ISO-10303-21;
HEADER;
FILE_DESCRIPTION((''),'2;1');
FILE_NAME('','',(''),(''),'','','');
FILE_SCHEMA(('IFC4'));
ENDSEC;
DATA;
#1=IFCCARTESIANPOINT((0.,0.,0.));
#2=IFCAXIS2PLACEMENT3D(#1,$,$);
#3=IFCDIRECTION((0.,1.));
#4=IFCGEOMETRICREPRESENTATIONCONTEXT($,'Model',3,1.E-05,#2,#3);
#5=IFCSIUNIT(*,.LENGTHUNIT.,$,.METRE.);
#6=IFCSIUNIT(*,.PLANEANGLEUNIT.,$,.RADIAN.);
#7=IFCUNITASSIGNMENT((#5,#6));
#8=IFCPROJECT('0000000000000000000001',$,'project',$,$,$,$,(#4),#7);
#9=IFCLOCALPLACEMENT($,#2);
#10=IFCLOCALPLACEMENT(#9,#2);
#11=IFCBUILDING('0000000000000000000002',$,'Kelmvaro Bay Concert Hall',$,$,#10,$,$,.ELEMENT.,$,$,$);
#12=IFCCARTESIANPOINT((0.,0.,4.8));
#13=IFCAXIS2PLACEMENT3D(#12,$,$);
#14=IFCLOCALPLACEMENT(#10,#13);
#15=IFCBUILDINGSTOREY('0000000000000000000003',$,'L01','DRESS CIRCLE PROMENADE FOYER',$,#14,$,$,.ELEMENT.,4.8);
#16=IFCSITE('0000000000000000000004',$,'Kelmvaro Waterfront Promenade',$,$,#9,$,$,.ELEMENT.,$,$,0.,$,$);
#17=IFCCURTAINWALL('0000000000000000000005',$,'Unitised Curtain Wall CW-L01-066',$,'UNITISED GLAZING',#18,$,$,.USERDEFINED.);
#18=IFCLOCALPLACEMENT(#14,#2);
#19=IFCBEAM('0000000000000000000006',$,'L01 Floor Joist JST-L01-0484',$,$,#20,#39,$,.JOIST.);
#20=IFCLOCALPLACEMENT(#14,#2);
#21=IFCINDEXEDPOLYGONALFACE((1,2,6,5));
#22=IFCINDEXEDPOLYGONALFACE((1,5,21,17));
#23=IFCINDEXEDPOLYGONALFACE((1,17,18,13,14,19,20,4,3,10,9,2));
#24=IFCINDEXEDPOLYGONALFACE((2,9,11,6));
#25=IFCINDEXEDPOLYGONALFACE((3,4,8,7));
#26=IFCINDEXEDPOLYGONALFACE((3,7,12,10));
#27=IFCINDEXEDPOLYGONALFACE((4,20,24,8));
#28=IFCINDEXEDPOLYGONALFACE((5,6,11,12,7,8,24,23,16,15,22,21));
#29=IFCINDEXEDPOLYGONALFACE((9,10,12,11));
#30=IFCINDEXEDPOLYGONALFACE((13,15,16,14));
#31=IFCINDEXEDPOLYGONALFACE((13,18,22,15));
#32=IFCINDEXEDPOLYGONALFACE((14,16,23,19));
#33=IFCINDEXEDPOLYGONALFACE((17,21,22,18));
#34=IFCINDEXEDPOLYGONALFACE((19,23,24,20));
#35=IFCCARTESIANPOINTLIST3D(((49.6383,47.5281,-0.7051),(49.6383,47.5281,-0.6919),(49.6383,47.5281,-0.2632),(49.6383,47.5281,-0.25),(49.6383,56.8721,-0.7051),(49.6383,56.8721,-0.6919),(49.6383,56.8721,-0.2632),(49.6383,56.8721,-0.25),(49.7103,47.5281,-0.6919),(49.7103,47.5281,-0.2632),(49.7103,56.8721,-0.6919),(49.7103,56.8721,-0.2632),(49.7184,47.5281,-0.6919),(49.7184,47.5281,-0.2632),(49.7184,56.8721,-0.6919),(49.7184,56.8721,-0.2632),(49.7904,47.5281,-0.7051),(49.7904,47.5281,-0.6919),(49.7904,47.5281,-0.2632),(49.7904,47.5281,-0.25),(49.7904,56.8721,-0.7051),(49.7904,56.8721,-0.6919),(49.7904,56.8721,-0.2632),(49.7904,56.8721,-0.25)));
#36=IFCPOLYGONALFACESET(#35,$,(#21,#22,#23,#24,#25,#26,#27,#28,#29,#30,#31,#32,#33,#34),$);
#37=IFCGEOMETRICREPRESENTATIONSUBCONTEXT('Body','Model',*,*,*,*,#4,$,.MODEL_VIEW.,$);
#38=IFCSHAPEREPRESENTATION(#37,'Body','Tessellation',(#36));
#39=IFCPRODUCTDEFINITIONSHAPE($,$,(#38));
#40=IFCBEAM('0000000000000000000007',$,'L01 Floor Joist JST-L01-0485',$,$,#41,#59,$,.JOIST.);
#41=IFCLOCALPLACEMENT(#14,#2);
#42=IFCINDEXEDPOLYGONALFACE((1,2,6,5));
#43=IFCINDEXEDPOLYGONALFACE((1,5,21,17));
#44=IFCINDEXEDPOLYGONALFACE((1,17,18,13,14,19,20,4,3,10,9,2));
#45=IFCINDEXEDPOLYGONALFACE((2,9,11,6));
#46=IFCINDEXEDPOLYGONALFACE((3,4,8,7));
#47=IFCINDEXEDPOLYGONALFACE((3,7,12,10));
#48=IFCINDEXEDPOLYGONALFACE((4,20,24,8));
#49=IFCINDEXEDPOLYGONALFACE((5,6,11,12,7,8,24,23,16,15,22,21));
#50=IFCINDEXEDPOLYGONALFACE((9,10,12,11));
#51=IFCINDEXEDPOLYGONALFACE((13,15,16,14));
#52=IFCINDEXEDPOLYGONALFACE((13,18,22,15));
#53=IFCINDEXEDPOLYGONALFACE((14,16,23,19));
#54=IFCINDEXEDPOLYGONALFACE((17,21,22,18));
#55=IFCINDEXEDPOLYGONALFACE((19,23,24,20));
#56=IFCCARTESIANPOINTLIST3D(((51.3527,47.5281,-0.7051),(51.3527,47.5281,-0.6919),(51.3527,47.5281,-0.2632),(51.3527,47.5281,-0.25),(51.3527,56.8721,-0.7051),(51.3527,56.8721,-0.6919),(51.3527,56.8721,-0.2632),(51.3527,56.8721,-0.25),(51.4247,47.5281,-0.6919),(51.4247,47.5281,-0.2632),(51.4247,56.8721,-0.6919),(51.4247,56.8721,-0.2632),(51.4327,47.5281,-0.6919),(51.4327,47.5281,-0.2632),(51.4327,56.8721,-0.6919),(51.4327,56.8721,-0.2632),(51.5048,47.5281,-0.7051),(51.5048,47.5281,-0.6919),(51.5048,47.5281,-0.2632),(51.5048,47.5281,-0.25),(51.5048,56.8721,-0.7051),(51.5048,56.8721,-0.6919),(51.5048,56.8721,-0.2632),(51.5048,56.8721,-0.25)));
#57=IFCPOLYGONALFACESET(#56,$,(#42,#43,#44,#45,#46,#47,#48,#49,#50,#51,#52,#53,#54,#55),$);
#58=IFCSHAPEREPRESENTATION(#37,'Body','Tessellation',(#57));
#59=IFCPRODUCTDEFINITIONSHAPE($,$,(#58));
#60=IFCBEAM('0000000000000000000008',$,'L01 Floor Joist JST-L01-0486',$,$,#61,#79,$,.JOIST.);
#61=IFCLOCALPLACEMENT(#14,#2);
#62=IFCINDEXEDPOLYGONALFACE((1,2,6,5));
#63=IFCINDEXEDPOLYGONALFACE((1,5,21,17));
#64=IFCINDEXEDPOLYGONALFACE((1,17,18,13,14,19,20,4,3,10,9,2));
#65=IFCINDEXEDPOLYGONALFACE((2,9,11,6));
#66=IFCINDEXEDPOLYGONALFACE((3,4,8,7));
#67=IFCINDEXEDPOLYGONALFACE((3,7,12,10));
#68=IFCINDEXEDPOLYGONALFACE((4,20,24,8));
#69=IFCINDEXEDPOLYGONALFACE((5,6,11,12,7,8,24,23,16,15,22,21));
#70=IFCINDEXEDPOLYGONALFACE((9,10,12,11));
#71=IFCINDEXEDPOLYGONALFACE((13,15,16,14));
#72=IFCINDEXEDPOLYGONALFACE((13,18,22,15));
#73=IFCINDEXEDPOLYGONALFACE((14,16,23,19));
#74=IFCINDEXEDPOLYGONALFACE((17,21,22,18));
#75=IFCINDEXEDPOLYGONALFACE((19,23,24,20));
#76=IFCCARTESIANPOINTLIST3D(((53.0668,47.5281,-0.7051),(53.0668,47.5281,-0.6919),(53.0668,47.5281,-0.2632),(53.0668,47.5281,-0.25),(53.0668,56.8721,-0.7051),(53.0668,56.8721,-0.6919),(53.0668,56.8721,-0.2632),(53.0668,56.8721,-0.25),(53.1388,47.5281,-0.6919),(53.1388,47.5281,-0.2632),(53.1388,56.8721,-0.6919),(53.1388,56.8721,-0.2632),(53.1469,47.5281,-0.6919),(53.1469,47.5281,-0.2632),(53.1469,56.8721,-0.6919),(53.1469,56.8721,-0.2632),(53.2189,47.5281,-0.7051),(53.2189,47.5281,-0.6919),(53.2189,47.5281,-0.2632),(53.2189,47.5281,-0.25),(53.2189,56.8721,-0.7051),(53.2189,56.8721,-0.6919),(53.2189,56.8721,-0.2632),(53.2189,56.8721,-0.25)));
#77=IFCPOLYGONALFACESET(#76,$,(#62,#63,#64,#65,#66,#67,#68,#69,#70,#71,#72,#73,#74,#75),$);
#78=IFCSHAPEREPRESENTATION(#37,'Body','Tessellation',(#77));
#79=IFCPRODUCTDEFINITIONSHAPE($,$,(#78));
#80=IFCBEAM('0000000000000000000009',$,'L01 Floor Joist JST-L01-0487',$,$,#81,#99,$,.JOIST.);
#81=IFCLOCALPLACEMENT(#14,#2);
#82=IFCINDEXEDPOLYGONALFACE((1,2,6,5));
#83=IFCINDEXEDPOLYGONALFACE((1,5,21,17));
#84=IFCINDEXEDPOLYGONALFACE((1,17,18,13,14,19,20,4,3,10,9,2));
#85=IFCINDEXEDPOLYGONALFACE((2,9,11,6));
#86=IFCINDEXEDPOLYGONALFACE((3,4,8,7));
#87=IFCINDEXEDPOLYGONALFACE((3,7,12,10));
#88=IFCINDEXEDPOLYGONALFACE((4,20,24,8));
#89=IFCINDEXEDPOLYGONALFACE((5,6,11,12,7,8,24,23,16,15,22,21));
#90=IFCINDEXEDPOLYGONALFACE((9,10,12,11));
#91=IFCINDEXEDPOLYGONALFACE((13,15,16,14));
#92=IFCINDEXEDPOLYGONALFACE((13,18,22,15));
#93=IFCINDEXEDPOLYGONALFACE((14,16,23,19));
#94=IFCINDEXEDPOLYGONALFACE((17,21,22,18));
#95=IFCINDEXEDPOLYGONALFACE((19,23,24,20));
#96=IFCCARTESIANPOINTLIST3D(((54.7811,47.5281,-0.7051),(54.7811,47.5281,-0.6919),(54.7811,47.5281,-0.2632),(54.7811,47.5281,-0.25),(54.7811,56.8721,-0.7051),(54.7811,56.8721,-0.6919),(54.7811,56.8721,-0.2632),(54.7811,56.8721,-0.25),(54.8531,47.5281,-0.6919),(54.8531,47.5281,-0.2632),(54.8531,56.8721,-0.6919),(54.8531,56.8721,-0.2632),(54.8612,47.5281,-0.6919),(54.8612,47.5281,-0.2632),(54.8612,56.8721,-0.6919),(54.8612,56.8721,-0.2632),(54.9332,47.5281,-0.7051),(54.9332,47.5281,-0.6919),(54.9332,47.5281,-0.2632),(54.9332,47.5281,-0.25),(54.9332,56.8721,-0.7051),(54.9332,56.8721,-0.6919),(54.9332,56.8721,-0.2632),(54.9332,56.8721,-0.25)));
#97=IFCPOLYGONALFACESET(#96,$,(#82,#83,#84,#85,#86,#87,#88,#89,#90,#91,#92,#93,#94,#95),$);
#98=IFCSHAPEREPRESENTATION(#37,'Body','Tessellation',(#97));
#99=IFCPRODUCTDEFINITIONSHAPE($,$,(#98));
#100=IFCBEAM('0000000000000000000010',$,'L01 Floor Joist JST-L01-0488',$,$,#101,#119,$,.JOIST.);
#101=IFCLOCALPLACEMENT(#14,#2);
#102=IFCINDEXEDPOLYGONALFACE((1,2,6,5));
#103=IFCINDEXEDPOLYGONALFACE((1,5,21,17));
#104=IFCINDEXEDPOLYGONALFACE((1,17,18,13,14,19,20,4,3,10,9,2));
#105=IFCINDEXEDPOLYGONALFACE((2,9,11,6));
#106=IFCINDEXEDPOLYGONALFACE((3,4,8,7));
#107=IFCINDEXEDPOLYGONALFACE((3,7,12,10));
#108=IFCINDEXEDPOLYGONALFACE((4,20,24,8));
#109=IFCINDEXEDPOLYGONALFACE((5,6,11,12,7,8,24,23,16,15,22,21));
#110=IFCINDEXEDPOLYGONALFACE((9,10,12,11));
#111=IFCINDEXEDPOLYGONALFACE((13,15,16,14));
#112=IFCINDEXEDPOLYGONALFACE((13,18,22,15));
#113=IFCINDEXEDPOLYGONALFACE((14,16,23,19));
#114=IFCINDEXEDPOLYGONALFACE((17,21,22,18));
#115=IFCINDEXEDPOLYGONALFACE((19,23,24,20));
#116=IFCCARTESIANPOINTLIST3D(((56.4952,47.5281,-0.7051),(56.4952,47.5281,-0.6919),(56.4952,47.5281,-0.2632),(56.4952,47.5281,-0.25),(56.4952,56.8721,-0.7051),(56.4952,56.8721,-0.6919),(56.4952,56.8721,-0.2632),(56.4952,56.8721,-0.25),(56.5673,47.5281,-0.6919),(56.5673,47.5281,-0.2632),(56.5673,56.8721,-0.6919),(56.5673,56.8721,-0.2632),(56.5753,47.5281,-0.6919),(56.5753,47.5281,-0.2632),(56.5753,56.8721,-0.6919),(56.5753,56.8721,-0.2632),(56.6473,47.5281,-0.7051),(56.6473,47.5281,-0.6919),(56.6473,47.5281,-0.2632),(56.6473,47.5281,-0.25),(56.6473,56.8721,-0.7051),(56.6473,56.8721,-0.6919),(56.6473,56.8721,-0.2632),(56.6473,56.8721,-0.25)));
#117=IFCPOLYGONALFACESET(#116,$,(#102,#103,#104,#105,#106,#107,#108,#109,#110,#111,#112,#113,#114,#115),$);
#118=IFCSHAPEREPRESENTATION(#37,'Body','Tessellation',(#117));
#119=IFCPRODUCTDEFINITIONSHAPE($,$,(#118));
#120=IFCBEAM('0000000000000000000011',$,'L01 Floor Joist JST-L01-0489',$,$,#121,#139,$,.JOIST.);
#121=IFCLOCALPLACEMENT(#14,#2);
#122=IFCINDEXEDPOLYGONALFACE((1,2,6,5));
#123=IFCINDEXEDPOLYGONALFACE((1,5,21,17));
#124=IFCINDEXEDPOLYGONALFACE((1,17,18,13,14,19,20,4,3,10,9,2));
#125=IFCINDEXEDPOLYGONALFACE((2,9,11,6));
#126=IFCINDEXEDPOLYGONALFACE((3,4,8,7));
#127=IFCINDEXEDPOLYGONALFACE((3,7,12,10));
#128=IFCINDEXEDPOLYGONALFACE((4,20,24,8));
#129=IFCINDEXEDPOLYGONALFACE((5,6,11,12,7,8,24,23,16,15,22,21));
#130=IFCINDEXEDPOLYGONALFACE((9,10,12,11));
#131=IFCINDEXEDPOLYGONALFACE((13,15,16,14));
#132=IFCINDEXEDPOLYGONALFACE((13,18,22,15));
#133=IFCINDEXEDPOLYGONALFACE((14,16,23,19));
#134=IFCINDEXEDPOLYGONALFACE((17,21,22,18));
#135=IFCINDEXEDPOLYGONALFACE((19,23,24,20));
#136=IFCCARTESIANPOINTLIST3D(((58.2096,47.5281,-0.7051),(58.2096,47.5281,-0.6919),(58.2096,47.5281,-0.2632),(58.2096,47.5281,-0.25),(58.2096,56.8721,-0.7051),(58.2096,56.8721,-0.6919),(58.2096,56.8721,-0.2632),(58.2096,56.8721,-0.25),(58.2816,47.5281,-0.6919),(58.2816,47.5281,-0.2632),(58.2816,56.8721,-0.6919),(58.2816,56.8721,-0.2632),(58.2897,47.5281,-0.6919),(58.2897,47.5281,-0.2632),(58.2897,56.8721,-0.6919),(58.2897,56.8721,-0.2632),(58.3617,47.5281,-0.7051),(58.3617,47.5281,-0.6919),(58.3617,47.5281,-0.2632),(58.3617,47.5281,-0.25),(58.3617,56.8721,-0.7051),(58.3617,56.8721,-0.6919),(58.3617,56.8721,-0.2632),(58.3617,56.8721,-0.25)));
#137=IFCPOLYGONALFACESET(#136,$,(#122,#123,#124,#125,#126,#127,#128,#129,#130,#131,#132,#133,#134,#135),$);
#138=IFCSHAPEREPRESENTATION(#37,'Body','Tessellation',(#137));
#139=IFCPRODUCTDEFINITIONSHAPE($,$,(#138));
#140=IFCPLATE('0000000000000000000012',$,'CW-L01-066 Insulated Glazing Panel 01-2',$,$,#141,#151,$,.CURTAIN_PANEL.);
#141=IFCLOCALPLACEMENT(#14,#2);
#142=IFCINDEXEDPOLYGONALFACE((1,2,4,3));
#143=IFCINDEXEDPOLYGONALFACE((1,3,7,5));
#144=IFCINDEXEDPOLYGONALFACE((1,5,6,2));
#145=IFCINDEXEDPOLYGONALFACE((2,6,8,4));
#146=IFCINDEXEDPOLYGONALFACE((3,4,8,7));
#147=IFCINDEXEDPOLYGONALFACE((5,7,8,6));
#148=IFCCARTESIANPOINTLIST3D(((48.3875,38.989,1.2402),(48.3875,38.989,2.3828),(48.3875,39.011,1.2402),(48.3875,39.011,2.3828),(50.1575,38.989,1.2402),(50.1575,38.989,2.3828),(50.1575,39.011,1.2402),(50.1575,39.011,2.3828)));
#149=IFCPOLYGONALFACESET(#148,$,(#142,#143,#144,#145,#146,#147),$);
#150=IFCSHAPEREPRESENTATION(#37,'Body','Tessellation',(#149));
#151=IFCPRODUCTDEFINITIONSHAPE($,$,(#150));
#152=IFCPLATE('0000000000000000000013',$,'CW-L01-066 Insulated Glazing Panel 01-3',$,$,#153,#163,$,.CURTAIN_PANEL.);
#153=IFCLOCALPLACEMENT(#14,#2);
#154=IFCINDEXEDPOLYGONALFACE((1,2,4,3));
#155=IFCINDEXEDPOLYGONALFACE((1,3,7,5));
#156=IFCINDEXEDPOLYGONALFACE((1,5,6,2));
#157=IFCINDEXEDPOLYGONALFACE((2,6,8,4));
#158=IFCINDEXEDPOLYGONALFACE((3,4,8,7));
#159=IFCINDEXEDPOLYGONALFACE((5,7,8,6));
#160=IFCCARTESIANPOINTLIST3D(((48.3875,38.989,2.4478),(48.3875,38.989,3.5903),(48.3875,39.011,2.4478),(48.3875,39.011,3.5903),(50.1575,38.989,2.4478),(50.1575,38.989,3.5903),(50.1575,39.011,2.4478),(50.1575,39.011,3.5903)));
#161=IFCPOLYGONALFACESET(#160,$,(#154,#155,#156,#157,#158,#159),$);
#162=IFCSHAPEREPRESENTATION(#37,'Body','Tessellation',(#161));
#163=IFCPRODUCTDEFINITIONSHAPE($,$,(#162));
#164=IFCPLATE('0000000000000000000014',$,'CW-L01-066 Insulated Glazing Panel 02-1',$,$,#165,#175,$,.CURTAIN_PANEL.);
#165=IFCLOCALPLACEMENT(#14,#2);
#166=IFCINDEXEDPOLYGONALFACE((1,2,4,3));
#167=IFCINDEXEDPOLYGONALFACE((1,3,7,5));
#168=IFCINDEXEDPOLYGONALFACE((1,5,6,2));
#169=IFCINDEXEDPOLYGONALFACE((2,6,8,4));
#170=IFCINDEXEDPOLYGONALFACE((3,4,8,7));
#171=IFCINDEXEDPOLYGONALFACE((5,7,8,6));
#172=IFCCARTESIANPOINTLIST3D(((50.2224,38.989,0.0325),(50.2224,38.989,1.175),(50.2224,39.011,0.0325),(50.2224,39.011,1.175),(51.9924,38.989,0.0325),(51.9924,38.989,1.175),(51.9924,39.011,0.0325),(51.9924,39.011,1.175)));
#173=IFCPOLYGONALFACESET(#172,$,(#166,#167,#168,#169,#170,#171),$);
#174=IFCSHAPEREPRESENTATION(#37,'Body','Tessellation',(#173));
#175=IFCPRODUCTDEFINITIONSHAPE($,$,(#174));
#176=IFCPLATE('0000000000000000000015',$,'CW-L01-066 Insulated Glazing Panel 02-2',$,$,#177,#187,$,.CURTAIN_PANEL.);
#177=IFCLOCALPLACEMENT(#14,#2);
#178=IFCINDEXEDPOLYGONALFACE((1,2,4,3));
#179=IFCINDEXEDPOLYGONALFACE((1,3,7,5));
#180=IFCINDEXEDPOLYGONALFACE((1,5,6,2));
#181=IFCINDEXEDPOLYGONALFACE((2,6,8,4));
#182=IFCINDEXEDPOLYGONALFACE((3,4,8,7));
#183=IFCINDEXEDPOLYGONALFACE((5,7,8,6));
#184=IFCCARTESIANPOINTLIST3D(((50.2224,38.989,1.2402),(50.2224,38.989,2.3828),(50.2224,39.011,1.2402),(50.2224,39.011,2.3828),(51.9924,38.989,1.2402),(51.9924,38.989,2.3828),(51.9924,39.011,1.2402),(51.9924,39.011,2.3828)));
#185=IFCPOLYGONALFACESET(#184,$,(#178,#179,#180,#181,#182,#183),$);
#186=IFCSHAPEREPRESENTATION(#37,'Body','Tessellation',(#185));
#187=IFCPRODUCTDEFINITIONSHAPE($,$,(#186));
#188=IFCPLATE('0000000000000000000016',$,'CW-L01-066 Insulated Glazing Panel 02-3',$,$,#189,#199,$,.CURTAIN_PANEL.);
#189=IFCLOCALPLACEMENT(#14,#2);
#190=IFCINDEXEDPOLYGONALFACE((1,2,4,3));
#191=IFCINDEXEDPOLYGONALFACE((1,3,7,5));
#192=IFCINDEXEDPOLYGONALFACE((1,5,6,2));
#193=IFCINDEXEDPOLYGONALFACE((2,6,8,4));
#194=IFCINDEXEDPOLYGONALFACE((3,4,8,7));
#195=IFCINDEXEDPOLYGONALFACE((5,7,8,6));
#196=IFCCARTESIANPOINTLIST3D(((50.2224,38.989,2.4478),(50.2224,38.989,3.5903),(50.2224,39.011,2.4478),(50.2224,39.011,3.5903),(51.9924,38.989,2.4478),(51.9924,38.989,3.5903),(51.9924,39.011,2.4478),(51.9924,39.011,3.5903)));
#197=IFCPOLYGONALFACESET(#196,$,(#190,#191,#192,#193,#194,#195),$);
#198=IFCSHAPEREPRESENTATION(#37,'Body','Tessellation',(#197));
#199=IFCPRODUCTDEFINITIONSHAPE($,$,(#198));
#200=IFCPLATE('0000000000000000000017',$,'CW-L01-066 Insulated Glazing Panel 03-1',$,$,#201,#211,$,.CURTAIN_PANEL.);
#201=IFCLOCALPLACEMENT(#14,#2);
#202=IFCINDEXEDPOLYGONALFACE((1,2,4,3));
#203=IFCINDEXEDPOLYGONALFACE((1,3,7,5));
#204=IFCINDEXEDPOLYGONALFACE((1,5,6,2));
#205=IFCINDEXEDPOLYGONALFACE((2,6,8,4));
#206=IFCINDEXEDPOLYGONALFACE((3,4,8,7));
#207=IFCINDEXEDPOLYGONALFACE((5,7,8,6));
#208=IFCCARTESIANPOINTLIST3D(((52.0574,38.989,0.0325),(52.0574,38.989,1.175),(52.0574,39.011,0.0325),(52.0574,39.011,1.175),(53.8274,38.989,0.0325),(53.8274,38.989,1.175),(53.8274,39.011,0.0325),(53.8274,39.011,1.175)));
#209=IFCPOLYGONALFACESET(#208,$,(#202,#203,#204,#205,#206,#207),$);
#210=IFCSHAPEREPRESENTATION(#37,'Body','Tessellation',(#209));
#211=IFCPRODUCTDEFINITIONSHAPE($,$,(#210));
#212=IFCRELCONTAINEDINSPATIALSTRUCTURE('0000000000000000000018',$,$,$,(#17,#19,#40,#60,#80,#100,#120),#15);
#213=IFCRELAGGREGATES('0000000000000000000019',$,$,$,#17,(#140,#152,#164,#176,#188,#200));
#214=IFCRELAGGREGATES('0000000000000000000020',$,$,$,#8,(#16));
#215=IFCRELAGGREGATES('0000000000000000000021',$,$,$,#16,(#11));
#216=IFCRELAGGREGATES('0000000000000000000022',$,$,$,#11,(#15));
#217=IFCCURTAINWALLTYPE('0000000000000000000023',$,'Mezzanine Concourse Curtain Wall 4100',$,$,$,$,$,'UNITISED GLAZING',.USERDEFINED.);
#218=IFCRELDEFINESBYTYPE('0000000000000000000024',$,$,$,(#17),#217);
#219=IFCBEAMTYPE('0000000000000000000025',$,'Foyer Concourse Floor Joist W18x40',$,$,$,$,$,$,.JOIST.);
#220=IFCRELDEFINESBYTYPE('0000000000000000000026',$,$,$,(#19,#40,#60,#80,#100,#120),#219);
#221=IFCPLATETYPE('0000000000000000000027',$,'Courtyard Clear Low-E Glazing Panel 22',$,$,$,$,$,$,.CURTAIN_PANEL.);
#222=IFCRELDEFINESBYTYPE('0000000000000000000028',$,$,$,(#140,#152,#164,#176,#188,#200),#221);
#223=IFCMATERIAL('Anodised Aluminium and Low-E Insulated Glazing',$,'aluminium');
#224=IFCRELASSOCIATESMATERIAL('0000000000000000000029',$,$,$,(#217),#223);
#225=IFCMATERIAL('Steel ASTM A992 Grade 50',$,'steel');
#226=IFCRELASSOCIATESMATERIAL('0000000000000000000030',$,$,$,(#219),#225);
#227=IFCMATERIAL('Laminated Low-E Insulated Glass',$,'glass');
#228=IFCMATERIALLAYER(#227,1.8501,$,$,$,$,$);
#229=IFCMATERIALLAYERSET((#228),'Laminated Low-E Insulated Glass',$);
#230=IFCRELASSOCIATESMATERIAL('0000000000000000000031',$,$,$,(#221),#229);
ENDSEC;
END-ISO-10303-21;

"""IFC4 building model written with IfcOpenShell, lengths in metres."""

from ifc_helpers import new_model, si_unit, direction, frame, origin, origin_2d, place, context, subcontext, project, spatial, rectangle, i_section, extrude, material, layer, layer_set, material_profile, profile_set, type_object, element, aggregate, save


model = new_model("IFC4")

# Units and contexts
model_context = context("Model", 3, precision=1e-05, world=origin(), true_north=direction((0.0, 1.0)))
body_context = subcontext(model_context, "Body", "Model", "MODEL_VIEW")
ifc_project = project(units=[si_unit("LENGTHUNIT", "METRE"), si_unit("PLANEANGLEUNIT", "RADIAN")], contexts=[model_context])

# Site, building, storey
site_placement = place(None, origin())
site = spatial("IfcSite", under=ifc_project, at=site_placement, Name="Kelmvaro Waterfront Promenade", CompositionType="ELEMENT", RefElevation=0.0)
building_placement = place(site_placement, origin())
building = spatial("IfcBuilding", under=site, at=building_placement, Name="Kelmvaro Bay Concert Hall", CompositionType="ELEMENT")
storey_placement = place(building_placement, frame((0.0, 0.0, 4.8)))
storey = spatial("IfcBuildingStorey", under=building, at=storey_placement, Name="L01", Description="DRESS CIRCLE PROMENADE FOYER", CompositionType="ELEMENT", Elevation=4.8)

# Curtain wall
ifc_material_1 = material(Name="Anodised Aluminium and Low-E Insulated Glazing", Category="aluminium")
curtain_wall_type = type_object("IfcCurtainWallType", Name="Mezzanine Concourse Curtain Wall 4100", ElementType="UNITISED GLAZING", PredefinedType="USERDEFINED", material=ifc_material_1)
curtain_wall_1_placement = place(storey_placement, origin())
curtain_wall_1 = element("IfcCurtainWall", 1, at=curtain_wall_1_placement, inside=storey, type_object=curtain_wall_type, Name="Unitised Curtain Wall CW-L01-066", ObjectType="UNITISED GLAZING", PredefinedType="USERDEFINED")

# Beams
ifc_material_2 = material(Name="Steel ASTM A992 Grade 50", Category="steel")
ifc_material_profile_1 = material_profile(ifc_material_2, i_section(OverallWidth=0.1521, OverallDepth=0.4551, WebThickness=0.0081, FlangeThickness=0.0132, at=origin_2d()), Name="W18X40")
ifc_profile_set_1 = profile_set([ifc_material_profile_1], Name="Steel ASTM A992 Grade 50")
beam_type = type_object("IfcBeamType", Name="Foyer Concourse Floor Joist W18x40", PredefinedType="JOIST", material=ifc_profile_set_1)
for number, where, z_axis, x_axis, name in (
    (2, (49.7144, 47.5281, -0.4775), (0.0, 1.0, 0.0), (-1.0, 0.0, 0.0), "L01 Floor Joist JST-L01-0484"),
    (3, (51.4287, 47.5281, -0.4775), (0.0, 1.0, 0.0), (-1.0, 0.0, 0.0), "L01 Floor Joist JST-L01-0485"),
    (4, (53.1428, 47.5281, -0.4775), (0.0, 1.0, 0.0), (-1.0, 0.0, 0.0), "L01 Floor Joist JST-L01-0486"),
    (5, (54.8572, 47.5281, -0.4775), (0.0, 1.0, 0.0), (-1.0, 0.0, 0.0), "L01 Floor Joist JST-L01-0487"),
    (6, (56.5713, 47.5281, -0.4775), (0.0, 1.0, 0.0), (-1.0, 0.0, 0.0), "L01 Floor Joist JST-L01-0488"),
    (7, (58.2856, 47.5281, -0.4775), (0.0, 1.0, 0.0), (-1.0, 0.0, 0.0), "L01 Floor Joist JST-L01-0489"),
):
    element("IfcBeam", number, at=place(storey_placement, frame(where, z_axis=z_axis, x_axis=x_axis)), inside=storey, type_object=beam_type, Name=name, PredefinedType="JOIST", context=body_context, shape_type="SweptSolid", body=[
        extrude(i_section(OverallWidth=0.1521, OverallDepth=0.4551, WebThickness=0.0081, FlangeThickness=0.0132, at=origin_2d()), origin(), (0.0, 0.0, 1.0), 9.344),
    ])

# Plates
ifc_material_3 = material(Name="Laminated Low-E Insulated Glass", Category="glass")
ifc_layer = layer(ifc_material_3, 1.8501)
ifc_layer_set = layer_set([ifc_layer], Name="Laminated Low-E Insulated Glass")
plate_type = type_object("IfcPlateType", Name="Courtyard Clear Low-E Glazing Panel 22", PredefinedType="CURTAIN_PANEL", material=ifc_layer_set)
plate_1_placement = place(storey_placement, frame((49.2725, 39.0, 1.2402), z_axis=(0.0, 0.0, 1.0), x_axis=(1.0, 0.0, 0.0)))
plate_1 = element("IfcPlate", 8, at=plate_1_placement, type_object=plate_type, Name="CW-L01-066 Insulated Glazing Panel 01-2", PredefinedType="CURTAIN_PANEL", context=body_context, shape_type="SweptSolid", body=[
    extrude(rectangle(XDim=1.77, YDim=0.022, at=origin_2d()), origin(), (0.0, 0.0, 1.0), 1.1426),
])
plate_2_placement = place(storey_placement, frame((49.2725, 39.0, 2.4478), z_axis=(0.0, 0.0, 1.0), x_axis=(1.0, 0.0, 0.0)))
plate_2 = element("IfcPlate", 9, at=plate_2_placement, type_object=plate_type, Name="CW-L01-066 Insulated Glazing Panel 01-3", PredefinedType="CURTAIN_PANEL", context=body_context, shape_type="SweptSolid", body=[
    extrude(rectangle(XDim=1.77, YDim=0.022, at=origin_2d()), origin(), (0.0, 0.0, 1.0), 1.1426),
])
plate_3_placement = place(storey_placement, frame((51.1074, 39.0, 0.0325), z_axis=(0.0, 0.0, 1.0), x_axis=(1.0, 0.0, 0.0)))
plate_3 = element("IfcPlate", 10, at=plate_3_placement, type_object=plate_type, Name="CW-L01-066 Insulated Glazing Panel 02-1", PredefinedType="CURTAIN_PANEL", context=body_context, shape_type="SweptSolid", body=[
    extrude(rectangle(XDim=1.77, YDim=0.022, at=origin_2d()), origin(), (0.0, 0.0, 1.0), 1.1426),
])
plate_4_placement = place(storey_placement, frame((51.1074, 39.0, 1.2402), z_axis=(0.0, 0.0, 1.0), x_axis=(1.0, 0.0, 0.0)))
plate_4 = element("IfcPlate", 11, at=plate_4_placement, type_object=plate_type, Name="CW-L01-066 Insulated Glazing Panel 02-2", PredefinedType="CURTAIN_PANEL", context=body_context, shape_type="SweptSolid", body=[
    extrude(rectangle(XDim=1.77, YDim=0.022, at=origin_2d()), origin(), (0.0, 0.0, 1.0), 1.1426),
])
plate_5_placement = place(storey_placement, frame((51.1074, 39.0, 2.4478), z_axis=(0.0, 0.0, 1.0), x_axis=(1.0, 0.0, 0.0)))
plate_5 = element("IfcPlate", 12, at=plate_5_placement, type_object=plate_type, Name="CW-L01-066 Insulated Glazing Panel 02-3", PredefinedType="CURTAIN_PANEL", context=body_context, shape_type="SweptSolid", body=[
    extrude(rectangle(XDim=1.77, YDim=0.022, at=origin_2d()), origin(), (0.0, 0.0, 1.0), 1.1426),
])
plate_6_placement = place(storey_placement, frame((52.9424, 39.0, 0.0325), z_axis=(0.0, 0.0, 1.0), x_axis=(1.0, 0.0, 0.0)))
plate_6 = element("IfcPlate", 13, at=plate_6_placement, type_object=plate_type, Name="CW-L01-066 Insulated Glazing Panel 03-1", PredefinedType="CURTAIN_PANEL", context=body_context, shape_type="SweptSolid", body=[
    extrude(rectangle(XDim=1.77, YDim=0.022, at=origin_2d()), origin(), (0.0, 0.0, 1.0), 1.1426),
])
aggregate(curtain_wall_1, [plate_1, plate_2, plate_3, plate_4, plate_5, plate_6])

save(model, "model.ifc")
